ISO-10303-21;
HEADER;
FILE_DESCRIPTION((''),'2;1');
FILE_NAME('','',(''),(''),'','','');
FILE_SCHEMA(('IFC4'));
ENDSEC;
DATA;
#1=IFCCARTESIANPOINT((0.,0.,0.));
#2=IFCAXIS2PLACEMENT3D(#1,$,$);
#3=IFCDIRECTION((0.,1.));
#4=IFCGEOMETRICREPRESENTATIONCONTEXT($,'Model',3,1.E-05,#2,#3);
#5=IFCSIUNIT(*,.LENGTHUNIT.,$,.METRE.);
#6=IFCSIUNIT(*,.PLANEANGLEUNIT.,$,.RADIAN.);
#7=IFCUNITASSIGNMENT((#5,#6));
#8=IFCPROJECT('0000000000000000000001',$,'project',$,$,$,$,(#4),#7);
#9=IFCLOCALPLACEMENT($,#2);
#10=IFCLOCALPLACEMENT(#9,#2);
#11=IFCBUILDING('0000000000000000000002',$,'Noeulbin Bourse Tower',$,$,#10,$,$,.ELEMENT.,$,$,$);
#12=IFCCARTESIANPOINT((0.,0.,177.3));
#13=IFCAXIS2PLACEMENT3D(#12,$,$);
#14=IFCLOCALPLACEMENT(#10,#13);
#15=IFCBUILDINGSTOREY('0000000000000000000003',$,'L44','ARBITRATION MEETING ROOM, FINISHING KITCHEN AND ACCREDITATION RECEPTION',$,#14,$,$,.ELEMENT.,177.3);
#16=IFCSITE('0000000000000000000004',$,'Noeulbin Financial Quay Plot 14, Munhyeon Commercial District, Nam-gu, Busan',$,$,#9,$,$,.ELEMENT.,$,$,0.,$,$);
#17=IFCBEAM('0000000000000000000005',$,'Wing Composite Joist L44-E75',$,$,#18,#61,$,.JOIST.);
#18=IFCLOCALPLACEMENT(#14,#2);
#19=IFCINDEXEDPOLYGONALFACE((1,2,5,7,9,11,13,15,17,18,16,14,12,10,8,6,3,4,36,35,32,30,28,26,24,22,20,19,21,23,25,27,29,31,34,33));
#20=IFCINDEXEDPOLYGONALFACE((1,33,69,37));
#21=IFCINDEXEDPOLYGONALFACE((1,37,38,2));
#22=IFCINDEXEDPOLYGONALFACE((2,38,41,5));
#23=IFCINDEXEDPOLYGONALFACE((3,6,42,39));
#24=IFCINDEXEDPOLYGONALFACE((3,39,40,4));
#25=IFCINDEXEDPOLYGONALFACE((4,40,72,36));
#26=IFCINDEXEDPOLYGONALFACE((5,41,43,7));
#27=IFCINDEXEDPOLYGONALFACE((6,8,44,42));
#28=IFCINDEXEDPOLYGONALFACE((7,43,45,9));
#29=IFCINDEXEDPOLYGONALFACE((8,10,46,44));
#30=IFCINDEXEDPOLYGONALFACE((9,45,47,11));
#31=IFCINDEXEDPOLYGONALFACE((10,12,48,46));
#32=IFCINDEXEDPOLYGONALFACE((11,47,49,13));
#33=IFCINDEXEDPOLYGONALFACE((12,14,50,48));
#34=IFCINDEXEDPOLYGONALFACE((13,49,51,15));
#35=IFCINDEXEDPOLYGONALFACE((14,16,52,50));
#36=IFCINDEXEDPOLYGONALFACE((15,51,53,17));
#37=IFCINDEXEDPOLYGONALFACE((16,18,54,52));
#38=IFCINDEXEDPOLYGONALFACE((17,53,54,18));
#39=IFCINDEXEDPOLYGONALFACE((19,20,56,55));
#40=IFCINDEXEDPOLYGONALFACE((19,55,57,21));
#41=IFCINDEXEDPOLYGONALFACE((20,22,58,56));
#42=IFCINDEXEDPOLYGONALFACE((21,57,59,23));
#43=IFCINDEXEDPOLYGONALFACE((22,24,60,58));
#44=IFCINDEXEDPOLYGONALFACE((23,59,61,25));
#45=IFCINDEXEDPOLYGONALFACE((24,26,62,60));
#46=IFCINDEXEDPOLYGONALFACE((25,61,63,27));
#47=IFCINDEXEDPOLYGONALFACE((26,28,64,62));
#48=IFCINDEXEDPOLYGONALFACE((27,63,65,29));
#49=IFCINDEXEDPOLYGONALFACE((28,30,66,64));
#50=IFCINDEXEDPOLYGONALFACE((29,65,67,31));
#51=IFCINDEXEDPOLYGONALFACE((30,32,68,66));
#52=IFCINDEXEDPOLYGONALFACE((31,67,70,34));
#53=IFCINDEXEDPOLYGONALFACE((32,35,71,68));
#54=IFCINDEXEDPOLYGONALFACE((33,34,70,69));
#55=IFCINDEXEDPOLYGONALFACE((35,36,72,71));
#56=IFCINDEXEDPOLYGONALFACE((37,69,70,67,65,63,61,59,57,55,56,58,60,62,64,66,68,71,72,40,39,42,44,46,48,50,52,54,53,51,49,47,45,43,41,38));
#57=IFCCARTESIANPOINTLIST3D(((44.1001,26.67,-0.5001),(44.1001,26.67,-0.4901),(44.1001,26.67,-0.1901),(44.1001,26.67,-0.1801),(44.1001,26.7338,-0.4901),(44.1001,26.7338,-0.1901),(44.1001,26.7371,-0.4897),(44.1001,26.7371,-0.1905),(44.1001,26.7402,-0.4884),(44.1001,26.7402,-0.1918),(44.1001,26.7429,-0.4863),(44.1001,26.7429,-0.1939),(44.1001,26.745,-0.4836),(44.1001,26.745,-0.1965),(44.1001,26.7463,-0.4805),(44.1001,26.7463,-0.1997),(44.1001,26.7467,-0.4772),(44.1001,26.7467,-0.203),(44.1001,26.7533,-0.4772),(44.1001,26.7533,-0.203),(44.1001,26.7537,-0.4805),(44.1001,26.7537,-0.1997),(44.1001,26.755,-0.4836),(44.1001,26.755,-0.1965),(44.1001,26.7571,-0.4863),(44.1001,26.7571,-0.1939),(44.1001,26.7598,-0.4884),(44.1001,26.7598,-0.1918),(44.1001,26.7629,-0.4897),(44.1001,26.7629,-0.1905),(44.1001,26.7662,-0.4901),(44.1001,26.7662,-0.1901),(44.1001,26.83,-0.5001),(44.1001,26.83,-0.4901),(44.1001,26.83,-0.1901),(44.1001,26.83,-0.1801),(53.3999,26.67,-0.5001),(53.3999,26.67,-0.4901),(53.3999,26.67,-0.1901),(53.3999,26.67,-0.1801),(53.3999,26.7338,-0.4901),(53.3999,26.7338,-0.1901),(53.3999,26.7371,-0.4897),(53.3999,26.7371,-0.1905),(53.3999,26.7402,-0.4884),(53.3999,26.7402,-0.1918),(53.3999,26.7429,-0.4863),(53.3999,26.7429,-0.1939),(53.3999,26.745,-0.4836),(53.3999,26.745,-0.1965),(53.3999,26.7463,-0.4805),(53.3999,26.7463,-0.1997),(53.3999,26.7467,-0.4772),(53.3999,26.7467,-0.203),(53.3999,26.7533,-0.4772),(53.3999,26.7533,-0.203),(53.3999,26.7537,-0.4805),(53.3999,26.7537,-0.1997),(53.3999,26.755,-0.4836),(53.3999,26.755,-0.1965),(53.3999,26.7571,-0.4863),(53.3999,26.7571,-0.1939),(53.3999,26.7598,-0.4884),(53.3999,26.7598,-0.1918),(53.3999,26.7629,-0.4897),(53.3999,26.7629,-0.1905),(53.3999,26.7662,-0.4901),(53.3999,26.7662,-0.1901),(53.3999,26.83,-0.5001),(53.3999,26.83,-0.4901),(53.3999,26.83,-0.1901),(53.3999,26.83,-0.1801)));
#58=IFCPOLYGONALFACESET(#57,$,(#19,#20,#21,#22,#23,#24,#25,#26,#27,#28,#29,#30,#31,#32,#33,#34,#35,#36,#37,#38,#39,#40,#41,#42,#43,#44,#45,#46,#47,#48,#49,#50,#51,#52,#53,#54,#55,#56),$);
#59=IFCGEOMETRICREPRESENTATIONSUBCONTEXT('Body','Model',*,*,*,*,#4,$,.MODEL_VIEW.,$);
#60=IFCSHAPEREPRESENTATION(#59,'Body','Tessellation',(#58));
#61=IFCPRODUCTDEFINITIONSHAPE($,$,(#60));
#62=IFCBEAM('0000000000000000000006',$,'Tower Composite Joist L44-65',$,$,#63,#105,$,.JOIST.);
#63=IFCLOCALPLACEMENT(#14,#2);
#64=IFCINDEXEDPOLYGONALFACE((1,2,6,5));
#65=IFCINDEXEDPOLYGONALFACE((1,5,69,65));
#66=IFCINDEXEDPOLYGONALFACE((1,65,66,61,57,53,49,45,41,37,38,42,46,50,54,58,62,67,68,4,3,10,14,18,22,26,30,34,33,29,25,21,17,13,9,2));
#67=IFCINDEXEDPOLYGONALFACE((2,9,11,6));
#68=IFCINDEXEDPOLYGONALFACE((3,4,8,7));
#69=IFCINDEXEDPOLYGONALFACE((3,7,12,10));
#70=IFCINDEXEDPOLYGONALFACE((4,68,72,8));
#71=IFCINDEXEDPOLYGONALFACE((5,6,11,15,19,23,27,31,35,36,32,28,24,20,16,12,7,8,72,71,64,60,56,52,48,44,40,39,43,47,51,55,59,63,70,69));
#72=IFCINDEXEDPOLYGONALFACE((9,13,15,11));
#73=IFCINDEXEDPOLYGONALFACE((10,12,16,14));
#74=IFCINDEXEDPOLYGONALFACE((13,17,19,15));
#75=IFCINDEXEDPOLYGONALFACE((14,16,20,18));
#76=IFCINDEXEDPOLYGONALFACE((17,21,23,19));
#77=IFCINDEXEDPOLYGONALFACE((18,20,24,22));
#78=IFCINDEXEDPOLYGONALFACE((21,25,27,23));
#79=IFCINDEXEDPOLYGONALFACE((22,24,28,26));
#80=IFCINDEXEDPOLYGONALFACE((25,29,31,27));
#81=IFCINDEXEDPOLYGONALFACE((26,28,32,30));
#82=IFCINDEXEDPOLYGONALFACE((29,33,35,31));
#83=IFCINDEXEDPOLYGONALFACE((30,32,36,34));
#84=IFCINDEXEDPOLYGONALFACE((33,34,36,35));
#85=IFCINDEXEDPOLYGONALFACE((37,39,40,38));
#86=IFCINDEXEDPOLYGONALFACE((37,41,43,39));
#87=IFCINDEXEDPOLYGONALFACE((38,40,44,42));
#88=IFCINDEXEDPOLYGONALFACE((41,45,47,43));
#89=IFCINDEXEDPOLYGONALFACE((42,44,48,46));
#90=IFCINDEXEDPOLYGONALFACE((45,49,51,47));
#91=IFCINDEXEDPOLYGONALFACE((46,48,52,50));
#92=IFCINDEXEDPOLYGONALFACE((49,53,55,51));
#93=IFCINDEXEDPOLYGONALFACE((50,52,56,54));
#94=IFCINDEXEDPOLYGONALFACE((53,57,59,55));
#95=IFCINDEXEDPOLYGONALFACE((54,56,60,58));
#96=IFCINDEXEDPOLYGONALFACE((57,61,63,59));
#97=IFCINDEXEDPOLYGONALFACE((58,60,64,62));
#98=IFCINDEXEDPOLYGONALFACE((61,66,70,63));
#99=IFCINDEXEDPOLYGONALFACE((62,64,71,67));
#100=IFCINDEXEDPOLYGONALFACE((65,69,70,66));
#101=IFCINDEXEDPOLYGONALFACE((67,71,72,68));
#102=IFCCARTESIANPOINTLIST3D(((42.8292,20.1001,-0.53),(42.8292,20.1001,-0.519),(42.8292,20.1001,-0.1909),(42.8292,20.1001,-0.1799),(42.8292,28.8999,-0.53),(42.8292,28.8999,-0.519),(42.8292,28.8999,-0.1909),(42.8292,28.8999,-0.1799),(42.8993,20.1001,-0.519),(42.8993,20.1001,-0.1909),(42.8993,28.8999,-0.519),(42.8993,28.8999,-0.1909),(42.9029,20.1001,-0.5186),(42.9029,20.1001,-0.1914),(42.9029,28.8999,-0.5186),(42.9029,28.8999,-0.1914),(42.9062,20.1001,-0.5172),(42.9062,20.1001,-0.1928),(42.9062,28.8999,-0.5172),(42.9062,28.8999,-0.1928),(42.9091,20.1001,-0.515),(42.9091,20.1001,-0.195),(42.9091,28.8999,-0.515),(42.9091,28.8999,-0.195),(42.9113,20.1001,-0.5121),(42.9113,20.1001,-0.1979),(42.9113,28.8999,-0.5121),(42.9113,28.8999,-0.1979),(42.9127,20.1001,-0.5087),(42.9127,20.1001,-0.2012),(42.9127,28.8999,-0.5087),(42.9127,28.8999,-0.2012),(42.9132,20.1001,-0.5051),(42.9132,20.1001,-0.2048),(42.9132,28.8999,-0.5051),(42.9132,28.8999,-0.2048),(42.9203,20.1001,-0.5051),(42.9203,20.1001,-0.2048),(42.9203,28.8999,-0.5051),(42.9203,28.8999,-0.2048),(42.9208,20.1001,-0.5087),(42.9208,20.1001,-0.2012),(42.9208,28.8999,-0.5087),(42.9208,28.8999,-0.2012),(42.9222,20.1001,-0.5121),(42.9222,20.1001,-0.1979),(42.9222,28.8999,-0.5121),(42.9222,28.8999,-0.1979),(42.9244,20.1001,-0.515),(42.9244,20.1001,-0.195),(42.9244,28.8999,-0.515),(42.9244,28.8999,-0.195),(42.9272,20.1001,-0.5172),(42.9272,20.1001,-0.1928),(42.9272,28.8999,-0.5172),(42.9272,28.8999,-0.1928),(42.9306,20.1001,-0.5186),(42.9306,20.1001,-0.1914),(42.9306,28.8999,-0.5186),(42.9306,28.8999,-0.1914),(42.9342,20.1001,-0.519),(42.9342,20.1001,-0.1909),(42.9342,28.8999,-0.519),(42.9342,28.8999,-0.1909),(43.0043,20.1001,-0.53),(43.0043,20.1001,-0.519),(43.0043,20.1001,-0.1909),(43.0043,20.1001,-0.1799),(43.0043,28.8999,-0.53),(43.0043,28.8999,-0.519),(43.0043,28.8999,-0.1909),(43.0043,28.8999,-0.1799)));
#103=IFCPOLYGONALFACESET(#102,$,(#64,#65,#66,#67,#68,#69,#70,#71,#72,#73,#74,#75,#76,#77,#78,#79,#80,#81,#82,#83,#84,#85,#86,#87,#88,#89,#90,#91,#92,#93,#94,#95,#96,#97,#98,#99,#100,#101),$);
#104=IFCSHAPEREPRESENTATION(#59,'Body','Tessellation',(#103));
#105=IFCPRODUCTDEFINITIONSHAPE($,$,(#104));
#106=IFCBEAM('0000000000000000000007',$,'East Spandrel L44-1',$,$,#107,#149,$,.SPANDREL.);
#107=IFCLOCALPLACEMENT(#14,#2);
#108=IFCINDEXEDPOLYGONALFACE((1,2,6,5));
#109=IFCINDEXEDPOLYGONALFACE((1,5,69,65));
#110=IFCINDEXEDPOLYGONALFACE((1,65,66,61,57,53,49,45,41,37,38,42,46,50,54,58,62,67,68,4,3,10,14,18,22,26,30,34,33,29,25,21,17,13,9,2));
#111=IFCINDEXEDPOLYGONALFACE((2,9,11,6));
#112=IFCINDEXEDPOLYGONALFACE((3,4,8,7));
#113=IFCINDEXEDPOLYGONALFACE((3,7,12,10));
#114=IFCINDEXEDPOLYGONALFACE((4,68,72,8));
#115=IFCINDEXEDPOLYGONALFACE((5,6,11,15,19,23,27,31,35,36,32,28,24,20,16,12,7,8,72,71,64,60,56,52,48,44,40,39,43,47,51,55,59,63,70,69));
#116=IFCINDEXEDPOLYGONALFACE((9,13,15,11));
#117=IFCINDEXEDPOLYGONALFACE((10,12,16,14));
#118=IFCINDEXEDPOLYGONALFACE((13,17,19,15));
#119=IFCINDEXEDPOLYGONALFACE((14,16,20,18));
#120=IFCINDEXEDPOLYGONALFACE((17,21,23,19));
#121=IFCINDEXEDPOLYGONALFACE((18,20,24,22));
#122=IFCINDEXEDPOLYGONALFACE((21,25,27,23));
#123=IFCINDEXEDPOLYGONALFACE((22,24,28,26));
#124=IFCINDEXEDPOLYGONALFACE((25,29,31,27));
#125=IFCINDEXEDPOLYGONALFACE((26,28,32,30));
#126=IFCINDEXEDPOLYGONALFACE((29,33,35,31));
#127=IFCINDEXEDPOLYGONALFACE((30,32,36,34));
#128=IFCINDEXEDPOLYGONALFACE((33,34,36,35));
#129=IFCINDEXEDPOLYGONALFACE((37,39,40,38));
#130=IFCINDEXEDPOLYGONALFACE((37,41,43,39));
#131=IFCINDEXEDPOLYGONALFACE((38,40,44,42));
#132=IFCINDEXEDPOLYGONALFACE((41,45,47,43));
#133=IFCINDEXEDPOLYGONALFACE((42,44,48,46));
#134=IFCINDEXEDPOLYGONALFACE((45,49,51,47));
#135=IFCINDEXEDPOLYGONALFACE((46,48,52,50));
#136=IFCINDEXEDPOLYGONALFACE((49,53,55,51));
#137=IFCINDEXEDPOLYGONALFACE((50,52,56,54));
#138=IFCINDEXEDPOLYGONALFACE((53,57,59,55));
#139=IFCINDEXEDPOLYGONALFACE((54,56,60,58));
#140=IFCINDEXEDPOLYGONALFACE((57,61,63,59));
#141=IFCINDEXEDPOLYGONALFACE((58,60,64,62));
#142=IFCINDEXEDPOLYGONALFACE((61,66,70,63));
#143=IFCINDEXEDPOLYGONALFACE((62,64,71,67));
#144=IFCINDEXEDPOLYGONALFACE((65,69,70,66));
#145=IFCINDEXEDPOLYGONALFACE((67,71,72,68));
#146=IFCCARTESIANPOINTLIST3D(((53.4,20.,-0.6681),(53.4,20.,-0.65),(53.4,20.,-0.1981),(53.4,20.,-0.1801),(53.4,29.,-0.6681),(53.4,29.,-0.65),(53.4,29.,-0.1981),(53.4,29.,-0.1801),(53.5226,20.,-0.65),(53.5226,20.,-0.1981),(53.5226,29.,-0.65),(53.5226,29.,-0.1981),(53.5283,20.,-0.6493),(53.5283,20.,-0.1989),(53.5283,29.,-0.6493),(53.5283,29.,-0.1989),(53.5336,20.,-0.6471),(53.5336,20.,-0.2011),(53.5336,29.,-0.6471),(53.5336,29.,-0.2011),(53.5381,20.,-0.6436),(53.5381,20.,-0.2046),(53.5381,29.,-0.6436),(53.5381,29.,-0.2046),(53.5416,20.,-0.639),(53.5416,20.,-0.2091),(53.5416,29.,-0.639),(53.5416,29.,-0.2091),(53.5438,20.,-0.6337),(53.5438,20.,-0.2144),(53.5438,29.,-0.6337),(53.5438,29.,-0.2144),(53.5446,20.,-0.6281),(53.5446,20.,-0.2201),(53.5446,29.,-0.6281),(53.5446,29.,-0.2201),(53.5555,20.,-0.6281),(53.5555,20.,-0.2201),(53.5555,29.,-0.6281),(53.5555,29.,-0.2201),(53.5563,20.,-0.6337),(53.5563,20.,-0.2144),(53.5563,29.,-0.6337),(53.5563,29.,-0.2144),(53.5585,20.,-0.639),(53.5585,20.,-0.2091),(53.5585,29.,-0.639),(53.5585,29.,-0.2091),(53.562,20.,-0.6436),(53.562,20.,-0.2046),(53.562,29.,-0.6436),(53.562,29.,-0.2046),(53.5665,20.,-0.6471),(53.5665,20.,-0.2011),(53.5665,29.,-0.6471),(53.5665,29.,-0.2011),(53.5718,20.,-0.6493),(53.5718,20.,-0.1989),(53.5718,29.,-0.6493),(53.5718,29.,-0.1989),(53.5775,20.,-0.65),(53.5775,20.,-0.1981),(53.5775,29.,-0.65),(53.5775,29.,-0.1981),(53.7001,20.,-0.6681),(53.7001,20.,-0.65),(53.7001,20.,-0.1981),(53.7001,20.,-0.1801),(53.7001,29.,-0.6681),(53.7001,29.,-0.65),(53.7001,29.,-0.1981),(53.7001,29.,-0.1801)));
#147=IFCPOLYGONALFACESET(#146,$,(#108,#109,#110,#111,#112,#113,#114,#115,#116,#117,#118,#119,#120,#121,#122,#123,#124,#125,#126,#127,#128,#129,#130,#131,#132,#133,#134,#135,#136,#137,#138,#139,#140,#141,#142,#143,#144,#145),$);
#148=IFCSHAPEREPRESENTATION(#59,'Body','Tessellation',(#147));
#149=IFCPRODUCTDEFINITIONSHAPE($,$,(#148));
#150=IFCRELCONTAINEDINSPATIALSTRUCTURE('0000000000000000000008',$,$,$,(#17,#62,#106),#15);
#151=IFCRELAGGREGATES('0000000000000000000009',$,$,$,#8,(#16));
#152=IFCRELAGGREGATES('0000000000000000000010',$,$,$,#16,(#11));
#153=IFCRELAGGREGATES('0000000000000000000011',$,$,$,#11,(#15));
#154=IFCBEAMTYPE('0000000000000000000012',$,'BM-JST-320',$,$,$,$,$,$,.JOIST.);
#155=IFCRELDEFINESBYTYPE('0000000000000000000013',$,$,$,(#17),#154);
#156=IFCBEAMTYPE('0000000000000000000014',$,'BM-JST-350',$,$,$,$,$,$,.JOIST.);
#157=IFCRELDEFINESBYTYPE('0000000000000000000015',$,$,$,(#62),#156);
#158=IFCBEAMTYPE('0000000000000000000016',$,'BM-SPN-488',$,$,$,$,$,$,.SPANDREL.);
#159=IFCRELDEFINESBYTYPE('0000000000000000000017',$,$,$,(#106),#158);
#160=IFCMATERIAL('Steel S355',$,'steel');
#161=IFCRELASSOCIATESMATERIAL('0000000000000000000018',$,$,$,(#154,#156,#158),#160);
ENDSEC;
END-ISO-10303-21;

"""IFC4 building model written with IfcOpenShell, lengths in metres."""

from ifc_helpers import new_model, si_unit, direction, frame, origin, origin_2d, place, context, subcontext, project, spatial, i_section, extrude, material, material_profile, profile_set, type_object, element, save


model = new_model("IFC4")

# Units and contexts
model_context = context("Model", 3, precision=1e-05, world=origin(), true_north=direction((0.0, 1.0)))
body_context = subcontext(model_context, "Body", "Model", "MODEL_VIEW")
ifc_project = project(units=[si_unit("LENGTHUNIT", "METRE"), si_unit("PLANEANGLEUNIT", "RADIAN")], contexts=[model_context])

# Site, building, storey
site_placement = place(None, origin())
site = spatial("IfcSite", under=ifc_project, at=site_placement, Name="Noeulbin Financial Quay Plot 14, Munhyeon Commercial District, Nam-gu, Busan", CompositionType="ELEMENT", RefElevation=0.0)
building_placement = place(site_placement, origin())
building = spatial("IfcBuilding", under=site, at=building_placement, Name="Noeulbin Bourse Tower", CompositionType="ELEMENT")
storey_placement = place(building_placement, frame((0.0, 0.0, 177.3)))
storey = spatial("IfcBuildingStorey", under=building, at=storey_placement, Name="L44", Description="ARBITRATION MEETING ROOM, FINISHING KITCHEN AND ACCREDITATION RECEPTION", CompositionType="ELEMENT", Elevation=177.3)

# Shared definitions
ifc_material_1 = material(Name="Steel S355", Category="steel")

# Beams
ifc_material_profile_1 = material_profile(ifc_material_1, i_section(OverallWidth=0.1599, OverallDepth=0.3201, WebThickness=0.0066, FlangeThickness=0.01, FilletRadius=0.0129, at=origin_2d()), Name="H-320x160x6.5x10", Category="LoadBearing")
ifc_profile_set_1 = profile_set([ifc_material_profile_1], Name="Steel S355")
beam_type_1 = type_object("IfcBeamType", Name="BM-JST-320", PredefinedType="JOIST", material=ifc_profile_set_1)
for number, where, z_axis, x_axis, name in (
    (1, (44.1001, 26.75, -0.3401), (1.0, 0.0, 0.0), (0.0, 1.0, 0.0), "Wing Composite Joist L44-E75"),
):
    element("IfcBeam", number, at=place(storey_placement, frame(where, z_axis=z_axis, x_axis=x_axis)), inside=storey, type_object=beam_type_1, Name=name, PredefinedType="JOIST", context=body_context, shape_type="SweptSolid", body=[
        extrude(i_section(OverallWidth=0.1599, OverallDepth=0.3201, WebThickness=0.0066, FlangeThickness=0.01, FilletRadius=0.0129, at=origin_2d()), origin(), (0.0, 0.0, 1.0), 9.2998),
    ])
ifc_material_profile_2 = material_profile(ifc_material_1, i_section(OverallWidth=0.175, OverallDepth=0.3501, WebThickness=0.0071, FlangeThickness=0.011, FilletRadius=0.0139, at=origin_2d()), Name="H-350x175x7x11", Category="LoadBearing")
ifc_profile_set_2 = profile_set([ifc_material_profile_2], Name="Steel S355")
beam_type_2 = type_object("IfcBeamType", Name="BM-JST-350", PredefinedType="JOIST", material=ifc_profile_set_2)
beam_1_placement = place(storey_placement, frame((42.9167, 20.1001, -0.355), z_axis=(0.0, 1.0, 0.0), x_axis=(-1.0, 0.0, 0.0)))
element("IfcBeam", 2, at=beam_1_placement, inside=storey, type_object=beam_type_2, Name="Tower Composite Joist L44-65", PredefinedType="JOIST", context=body_context, shape_type="SweptSolid", body=[
    extrude(i_section(OverallWidth=0.175, OverallDepth=0.3501, WebThickness=0.0071, FlangeThickness=0.011, FilletRadius=0.0139, at=origin_2d()), origin(), (0.0, 0.0, 1.0), 8.7998),
])
ifc_material_profile_3 = material_profile(ifc_material_1, i_section(OverallWidth=0.3, OverallDepth=0.488, WebThickness=0.011, FlangeThickness=0.0181, FilletRadius=0.022, at=origin_2d()), Name="H-488x300x11x18", Category="LoadBearing")
ifc_profile_set_3 = profile_set([ifc_material_profile_3], Name="Steel S355")
beam_type_3 = type_object("IfcBeamType", Name="BM-SPN-488", PredefinedType="SPANDREL", material=ifc_profile_set_3)
beam_2_placement = place(storey_placement, frame((53.55, 20.0, -0.4241), z_axis=(0.0, 1.0, 0.0), x_axis=(-1.0, 0.0, 0.0)))
element("IfcBeam", 3, at=beam_2_placement, inside=storey, type_object=beam_type_3, Name="East Spandrel L44-1", PredefinedType="SPANDREL", context=body_context, shape_type="SweptSolid", body=[
    extrude(i_section(OverallWidth=0.3, OverallDepth=0.488, WebThickness=0.011, FlangeThickness=0.0181, FilletRadius=0.022, at=origin_2d()), origin(), (0.0, 0.0, 1.0), 9.0),
])

save(model, "model.ifc")
